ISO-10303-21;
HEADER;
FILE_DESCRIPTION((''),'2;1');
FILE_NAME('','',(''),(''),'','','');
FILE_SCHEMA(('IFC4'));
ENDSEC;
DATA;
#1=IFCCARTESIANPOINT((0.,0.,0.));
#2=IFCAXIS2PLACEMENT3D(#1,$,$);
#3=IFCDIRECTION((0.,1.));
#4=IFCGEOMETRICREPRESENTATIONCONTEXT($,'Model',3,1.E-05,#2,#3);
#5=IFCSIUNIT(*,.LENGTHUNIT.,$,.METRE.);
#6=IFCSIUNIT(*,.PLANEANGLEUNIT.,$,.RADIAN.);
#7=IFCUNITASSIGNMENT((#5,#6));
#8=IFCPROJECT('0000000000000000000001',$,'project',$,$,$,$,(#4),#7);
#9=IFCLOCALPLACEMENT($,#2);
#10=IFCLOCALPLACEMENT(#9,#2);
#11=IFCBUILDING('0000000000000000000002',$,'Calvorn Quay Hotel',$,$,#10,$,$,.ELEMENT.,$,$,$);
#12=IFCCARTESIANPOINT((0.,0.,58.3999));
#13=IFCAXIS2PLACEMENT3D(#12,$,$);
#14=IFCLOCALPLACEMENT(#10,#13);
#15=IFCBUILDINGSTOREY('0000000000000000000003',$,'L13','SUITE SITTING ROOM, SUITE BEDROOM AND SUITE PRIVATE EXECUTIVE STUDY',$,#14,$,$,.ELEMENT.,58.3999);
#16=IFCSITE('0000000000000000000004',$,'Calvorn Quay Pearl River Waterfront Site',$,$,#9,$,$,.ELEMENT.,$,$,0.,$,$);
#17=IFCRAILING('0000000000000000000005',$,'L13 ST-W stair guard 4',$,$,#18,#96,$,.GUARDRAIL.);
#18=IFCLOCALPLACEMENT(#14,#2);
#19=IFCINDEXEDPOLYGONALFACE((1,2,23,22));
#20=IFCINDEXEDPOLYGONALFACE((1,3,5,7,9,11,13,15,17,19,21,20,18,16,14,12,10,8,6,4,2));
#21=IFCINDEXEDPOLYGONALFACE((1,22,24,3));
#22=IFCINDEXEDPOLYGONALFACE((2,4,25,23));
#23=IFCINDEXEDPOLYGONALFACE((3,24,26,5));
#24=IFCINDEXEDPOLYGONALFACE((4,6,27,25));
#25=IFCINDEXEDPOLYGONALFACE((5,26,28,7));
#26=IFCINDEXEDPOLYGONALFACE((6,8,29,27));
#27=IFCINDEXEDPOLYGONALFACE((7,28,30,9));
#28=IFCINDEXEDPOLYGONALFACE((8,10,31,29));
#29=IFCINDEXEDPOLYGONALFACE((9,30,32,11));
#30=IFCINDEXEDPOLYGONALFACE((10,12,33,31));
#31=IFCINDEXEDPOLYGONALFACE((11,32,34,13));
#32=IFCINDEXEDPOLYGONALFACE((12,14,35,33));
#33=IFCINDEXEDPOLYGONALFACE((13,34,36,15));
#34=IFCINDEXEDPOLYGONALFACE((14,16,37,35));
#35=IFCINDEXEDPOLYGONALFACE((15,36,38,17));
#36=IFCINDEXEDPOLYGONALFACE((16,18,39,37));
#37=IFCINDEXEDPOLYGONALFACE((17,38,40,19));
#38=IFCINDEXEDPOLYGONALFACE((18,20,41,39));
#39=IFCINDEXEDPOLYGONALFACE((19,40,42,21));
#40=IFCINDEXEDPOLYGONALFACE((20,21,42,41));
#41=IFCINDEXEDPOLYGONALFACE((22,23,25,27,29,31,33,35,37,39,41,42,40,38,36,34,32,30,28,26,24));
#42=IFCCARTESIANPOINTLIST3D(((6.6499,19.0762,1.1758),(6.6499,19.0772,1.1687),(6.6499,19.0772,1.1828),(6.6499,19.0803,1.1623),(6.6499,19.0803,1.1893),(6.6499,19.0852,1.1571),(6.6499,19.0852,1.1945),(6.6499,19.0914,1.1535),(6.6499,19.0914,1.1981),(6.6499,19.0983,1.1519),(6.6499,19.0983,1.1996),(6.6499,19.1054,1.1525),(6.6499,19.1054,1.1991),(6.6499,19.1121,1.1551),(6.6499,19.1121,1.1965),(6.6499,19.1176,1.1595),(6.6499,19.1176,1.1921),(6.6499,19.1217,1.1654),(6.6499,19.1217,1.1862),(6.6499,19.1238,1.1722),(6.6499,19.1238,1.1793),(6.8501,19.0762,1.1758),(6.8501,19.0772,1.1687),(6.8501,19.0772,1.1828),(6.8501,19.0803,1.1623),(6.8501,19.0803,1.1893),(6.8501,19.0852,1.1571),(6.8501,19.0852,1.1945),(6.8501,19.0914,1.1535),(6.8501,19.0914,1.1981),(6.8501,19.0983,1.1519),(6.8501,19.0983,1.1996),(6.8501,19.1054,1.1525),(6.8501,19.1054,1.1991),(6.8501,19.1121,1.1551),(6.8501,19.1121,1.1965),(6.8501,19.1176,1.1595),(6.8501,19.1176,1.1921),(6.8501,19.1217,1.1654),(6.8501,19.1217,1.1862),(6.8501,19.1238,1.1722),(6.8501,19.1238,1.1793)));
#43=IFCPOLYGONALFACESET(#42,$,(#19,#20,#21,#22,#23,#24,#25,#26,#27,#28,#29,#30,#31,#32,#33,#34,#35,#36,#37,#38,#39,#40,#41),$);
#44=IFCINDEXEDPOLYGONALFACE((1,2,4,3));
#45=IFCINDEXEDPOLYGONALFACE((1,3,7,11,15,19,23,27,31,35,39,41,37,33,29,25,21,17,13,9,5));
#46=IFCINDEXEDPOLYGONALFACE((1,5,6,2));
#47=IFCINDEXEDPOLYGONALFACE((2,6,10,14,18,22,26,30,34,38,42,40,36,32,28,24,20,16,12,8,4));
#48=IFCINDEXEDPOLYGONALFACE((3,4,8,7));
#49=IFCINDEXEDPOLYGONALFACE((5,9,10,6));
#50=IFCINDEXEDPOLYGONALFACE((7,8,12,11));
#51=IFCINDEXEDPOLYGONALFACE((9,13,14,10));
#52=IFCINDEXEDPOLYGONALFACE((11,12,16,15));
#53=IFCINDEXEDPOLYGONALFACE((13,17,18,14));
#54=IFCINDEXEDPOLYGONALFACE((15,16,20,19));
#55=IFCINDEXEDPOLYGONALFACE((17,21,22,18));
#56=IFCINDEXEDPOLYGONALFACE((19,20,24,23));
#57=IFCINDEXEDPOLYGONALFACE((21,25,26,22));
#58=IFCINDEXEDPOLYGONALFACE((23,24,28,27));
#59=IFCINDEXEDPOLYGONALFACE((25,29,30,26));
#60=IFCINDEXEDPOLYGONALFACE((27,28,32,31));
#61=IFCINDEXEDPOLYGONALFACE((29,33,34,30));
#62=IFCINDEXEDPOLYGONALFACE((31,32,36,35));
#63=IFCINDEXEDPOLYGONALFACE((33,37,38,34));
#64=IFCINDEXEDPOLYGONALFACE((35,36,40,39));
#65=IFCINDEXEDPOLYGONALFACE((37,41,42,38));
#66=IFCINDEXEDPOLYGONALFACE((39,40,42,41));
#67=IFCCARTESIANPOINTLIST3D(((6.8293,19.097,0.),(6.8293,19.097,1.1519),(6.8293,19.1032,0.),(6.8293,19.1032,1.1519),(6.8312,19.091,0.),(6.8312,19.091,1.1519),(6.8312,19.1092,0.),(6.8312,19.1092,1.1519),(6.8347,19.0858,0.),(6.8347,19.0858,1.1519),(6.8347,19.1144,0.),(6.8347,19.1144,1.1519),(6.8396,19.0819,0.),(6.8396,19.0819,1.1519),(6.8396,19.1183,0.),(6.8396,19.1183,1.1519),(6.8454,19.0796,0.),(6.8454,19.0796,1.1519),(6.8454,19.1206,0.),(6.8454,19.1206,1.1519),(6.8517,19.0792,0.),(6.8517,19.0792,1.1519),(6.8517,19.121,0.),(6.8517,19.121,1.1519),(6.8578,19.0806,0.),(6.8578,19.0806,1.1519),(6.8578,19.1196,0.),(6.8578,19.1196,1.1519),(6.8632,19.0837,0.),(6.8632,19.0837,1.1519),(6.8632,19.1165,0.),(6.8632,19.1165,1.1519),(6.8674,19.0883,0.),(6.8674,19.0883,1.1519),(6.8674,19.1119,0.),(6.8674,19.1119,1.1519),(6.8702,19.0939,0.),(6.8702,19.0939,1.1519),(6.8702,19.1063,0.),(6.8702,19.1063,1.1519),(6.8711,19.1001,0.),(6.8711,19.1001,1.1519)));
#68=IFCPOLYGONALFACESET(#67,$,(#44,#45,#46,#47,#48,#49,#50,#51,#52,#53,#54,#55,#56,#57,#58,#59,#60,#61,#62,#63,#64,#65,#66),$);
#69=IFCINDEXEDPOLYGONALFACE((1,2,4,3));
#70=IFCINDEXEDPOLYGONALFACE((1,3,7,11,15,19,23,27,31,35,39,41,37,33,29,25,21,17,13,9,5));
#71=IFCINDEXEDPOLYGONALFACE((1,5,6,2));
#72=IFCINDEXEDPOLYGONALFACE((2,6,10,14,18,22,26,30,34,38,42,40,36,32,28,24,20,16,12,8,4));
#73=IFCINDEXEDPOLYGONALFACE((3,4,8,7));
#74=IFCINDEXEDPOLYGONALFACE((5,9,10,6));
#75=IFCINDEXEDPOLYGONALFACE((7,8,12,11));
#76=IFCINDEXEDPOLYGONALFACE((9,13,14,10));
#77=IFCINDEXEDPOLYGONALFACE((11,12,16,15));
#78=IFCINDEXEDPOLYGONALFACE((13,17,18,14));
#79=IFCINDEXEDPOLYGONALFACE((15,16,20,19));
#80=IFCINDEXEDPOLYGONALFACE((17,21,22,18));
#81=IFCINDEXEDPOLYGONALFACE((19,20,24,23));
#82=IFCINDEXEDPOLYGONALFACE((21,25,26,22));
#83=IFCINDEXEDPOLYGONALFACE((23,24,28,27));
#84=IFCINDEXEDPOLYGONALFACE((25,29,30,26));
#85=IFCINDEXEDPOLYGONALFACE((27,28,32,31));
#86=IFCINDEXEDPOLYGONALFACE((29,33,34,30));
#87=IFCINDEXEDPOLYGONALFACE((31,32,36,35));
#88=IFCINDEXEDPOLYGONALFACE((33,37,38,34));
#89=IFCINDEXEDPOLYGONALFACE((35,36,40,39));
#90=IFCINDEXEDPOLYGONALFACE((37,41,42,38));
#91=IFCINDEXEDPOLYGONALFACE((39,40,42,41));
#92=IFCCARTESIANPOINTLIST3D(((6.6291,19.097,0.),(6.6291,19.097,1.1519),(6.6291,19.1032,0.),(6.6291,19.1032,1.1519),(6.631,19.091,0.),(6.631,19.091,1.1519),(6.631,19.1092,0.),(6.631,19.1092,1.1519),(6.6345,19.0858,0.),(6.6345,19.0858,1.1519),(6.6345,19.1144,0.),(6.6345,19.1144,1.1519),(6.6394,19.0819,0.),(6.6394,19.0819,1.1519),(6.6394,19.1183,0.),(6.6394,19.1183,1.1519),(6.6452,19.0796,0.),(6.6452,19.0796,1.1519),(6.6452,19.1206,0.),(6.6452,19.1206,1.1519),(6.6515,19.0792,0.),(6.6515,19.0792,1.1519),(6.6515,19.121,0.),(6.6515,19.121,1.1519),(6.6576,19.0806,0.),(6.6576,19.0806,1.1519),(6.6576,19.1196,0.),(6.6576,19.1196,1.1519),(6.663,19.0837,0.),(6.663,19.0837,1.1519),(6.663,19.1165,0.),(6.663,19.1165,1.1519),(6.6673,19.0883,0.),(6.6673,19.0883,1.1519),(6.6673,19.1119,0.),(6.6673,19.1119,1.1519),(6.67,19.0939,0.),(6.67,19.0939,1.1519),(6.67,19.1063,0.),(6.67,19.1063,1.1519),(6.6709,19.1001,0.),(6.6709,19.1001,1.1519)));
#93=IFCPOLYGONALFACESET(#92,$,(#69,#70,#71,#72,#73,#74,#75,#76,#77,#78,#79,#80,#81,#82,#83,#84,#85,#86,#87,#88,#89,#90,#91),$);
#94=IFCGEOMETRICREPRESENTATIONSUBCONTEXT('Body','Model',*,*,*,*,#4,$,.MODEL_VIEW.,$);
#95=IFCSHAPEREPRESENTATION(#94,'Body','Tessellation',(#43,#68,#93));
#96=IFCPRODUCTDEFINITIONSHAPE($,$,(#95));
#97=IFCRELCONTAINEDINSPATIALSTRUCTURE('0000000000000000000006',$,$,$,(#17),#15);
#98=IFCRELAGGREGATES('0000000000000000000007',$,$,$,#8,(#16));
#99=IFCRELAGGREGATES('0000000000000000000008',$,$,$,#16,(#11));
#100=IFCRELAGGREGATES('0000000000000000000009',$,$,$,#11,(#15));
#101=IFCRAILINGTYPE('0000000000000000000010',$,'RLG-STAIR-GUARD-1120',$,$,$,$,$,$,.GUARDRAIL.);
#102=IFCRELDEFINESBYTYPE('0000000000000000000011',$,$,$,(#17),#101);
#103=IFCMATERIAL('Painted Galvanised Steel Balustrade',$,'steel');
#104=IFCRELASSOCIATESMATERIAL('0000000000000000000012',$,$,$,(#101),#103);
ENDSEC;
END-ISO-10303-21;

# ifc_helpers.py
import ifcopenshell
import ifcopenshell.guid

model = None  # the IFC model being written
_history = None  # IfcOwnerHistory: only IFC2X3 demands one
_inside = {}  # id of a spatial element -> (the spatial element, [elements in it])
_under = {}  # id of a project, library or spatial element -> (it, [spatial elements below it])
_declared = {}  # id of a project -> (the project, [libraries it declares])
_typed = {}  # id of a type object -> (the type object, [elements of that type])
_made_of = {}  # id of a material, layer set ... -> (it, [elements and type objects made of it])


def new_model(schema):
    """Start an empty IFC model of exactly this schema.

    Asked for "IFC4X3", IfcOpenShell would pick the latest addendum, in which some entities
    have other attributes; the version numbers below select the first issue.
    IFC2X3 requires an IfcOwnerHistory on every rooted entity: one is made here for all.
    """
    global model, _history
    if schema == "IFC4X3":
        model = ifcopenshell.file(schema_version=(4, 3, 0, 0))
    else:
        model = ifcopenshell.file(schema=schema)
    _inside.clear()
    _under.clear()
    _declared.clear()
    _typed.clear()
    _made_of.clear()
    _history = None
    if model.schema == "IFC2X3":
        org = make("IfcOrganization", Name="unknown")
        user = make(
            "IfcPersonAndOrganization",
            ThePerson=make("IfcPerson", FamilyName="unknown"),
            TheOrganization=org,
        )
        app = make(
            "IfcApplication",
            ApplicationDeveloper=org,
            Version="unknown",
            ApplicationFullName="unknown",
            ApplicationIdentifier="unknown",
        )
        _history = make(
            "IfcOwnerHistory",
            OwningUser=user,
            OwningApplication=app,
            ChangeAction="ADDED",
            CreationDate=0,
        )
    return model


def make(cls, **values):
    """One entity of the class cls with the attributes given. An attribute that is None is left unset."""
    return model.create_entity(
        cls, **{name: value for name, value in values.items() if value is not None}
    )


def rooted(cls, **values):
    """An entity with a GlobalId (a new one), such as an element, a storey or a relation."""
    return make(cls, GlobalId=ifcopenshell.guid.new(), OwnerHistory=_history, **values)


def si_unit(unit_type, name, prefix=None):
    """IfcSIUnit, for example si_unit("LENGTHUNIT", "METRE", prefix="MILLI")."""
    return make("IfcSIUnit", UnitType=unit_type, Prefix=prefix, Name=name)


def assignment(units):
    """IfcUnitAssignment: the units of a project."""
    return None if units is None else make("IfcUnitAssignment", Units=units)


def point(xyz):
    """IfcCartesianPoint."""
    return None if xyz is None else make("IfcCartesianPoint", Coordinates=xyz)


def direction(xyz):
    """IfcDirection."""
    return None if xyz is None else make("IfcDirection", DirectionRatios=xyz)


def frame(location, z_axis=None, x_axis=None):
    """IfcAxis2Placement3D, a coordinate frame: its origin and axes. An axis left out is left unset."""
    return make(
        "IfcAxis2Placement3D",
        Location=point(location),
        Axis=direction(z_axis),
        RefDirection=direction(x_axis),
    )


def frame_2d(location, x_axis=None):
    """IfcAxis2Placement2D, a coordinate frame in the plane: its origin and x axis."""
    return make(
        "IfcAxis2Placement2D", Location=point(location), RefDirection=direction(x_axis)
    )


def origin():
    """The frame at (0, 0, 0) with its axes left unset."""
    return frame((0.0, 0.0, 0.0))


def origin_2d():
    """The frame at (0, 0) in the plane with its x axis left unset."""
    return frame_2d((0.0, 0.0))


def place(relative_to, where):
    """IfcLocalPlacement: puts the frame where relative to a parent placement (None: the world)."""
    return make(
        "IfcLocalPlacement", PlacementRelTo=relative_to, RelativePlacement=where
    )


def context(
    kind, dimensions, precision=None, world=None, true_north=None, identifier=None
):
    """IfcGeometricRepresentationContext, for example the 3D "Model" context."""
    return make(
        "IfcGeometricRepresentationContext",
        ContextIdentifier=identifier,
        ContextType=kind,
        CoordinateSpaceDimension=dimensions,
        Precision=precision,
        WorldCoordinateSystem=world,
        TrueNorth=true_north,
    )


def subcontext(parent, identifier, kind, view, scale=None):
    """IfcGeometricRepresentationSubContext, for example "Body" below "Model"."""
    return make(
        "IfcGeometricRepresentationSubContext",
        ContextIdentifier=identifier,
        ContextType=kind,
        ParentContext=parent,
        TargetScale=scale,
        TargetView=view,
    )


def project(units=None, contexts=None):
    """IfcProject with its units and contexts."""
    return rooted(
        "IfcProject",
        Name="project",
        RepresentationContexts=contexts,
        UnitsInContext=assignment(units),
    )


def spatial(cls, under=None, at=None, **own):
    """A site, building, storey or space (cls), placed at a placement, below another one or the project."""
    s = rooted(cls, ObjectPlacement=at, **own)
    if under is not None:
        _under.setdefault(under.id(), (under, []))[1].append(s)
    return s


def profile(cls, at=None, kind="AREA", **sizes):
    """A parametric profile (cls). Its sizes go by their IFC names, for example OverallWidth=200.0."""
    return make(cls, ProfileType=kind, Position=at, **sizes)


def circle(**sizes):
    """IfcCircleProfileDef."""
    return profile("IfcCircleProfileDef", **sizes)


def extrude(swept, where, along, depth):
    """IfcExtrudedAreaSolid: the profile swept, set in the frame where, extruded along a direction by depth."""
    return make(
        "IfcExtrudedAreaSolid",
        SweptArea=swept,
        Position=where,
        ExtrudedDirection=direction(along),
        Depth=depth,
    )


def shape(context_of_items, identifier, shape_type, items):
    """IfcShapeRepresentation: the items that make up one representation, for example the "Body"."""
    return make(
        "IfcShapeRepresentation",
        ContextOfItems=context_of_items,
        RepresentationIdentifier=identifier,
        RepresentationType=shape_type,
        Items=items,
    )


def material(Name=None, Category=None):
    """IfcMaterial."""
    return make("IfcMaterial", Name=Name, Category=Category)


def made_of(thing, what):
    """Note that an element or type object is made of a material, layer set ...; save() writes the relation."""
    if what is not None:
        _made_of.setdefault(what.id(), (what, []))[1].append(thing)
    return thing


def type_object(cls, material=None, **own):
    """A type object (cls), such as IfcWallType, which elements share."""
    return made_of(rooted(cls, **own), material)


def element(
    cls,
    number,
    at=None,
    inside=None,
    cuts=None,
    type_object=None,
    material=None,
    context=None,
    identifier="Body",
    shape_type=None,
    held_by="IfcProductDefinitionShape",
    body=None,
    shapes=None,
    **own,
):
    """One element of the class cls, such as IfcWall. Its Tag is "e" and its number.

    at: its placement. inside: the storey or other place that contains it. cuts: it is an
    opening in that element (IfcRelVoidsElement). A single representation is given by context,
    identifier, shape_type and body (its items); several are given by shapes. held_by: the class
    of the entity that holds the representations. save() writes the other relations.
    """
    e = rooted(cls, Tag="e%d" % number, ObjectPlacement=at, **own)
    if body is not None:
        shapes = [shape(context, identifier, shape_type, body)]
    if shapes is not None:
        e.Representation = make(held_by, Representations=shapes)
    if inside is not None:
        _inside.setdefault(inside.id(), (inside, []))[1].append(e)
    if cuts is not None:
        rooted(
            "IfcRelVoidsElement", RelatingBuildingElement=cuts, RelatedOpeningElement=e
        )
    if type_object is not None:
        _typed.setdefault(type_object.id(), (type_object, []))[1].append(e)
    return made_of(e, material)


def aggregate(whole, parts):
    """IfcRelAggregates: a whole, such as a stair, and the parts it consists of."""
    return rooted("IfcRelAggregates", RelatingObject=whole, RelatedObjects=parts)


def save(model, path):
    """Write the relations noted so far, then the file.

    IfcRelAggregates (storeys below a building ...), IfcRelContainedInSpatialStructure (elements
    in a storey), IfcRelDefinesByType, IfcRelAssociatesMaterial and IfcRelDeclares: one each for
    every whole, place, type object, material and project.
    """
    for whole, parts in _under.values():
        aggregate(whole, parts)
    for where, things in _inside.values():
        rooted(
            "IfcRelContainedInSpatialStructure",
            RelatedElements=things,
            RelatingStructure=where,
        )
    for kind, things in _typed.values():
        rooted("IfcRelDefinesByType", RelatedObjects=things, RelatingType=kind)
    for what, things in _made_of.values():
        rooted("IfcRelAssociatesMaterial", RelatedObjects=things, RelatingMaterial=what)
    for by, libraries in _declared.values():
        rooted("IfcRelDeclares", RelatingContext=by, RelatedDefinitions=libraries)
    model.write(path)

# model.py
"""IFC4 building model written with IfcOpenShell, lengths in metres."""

from ifc_helpers import new_model, si_unit, direction, frame, origin, origin_2d, place, context, subcontext, project, spatial, circle, extrude, material, type_object, element, save


model = new_model("IFC4")

# Units and contexts
model_context = context("Model", 3, precision=1e-05, world=origin(), true_north=direction((0.0, 1.0)))
body_context = subcontext(model_context, "Body", "Model", "MODEL_VIEW")
ifc_project = project(units=[si_unit("LENGTHUNIT", "METRE"), si_unit("PLANEANGLEUNIT", "RADIAN")], contexts=[model_context])

# Site, building, storey
site_placement = place(None, origin())
site = spatial("IfcSite", under=ifc_project, at=site_placement, Name="Calvorn Quay Pearl River Waterfront Site", CompositionType="ELEMENT", RefElevation=0.0)
building_placement = place(site_placement, origin())
building = spatial("IfcBuilding", under=site, at=building_placement, Name="Calvorn Quay Hotel", CompositionType="ELEMENT")
storey_placement = place(building_placement, frame((0.0, 0.0, 58.3999)))
storey = spatial("IfcBuildingStorey", under=building, at=storey_placement, Name="L13", Description="SUITE SITTING ROOM, SUITE BEDROOM AND SUITE PRIVATE EXECUTIVE STUDY", CompositionType="ELEMENT", Elevation=58.3999)

# Railing
ifc_material_1 = material(Name="Painted Galvanised Steel Balustrade", Category="steel")
railing_type_1 = type_object("IfcRailingType", Name="RLG-STAIR-GUARD-1120", PredefinedType="GUARDRAIL", material=ifc_material_1)
railing_1_placement = place(storey_placement, frame((6.8501, 19.1001, 0.0)))
element("IfcRailing", 1, at=railing_1_placement, inside=storey, type_object=railing_type_1, Name="L13 ST-W stair guard 4", PredefinedType="GUARDRAIL", context=body_context, shape_type="SweptSolid", body=[
    extrude(circle(Radius=0.0239, at=origin_2d()), frame((0.0, 0.0, 1.1758), z_axis=(-1.0, 0.0, 0.0), x_axis=(0.0, -1.0, 0.0)), (0.0, 0.0, 1.0), 0.2002),
    extrude(circle(Radius=0.021, at=origin_2d()), origin(), (0.0, 0.0, 1.0), 1.1519),
    extrude(circle(Radius=0.021, at=origin_2d()), frame((-0.2002, 0.0, 0.0)), (0.0, 0.0, 1.0), 1.1519),
])

save(model, "model.ifc")
